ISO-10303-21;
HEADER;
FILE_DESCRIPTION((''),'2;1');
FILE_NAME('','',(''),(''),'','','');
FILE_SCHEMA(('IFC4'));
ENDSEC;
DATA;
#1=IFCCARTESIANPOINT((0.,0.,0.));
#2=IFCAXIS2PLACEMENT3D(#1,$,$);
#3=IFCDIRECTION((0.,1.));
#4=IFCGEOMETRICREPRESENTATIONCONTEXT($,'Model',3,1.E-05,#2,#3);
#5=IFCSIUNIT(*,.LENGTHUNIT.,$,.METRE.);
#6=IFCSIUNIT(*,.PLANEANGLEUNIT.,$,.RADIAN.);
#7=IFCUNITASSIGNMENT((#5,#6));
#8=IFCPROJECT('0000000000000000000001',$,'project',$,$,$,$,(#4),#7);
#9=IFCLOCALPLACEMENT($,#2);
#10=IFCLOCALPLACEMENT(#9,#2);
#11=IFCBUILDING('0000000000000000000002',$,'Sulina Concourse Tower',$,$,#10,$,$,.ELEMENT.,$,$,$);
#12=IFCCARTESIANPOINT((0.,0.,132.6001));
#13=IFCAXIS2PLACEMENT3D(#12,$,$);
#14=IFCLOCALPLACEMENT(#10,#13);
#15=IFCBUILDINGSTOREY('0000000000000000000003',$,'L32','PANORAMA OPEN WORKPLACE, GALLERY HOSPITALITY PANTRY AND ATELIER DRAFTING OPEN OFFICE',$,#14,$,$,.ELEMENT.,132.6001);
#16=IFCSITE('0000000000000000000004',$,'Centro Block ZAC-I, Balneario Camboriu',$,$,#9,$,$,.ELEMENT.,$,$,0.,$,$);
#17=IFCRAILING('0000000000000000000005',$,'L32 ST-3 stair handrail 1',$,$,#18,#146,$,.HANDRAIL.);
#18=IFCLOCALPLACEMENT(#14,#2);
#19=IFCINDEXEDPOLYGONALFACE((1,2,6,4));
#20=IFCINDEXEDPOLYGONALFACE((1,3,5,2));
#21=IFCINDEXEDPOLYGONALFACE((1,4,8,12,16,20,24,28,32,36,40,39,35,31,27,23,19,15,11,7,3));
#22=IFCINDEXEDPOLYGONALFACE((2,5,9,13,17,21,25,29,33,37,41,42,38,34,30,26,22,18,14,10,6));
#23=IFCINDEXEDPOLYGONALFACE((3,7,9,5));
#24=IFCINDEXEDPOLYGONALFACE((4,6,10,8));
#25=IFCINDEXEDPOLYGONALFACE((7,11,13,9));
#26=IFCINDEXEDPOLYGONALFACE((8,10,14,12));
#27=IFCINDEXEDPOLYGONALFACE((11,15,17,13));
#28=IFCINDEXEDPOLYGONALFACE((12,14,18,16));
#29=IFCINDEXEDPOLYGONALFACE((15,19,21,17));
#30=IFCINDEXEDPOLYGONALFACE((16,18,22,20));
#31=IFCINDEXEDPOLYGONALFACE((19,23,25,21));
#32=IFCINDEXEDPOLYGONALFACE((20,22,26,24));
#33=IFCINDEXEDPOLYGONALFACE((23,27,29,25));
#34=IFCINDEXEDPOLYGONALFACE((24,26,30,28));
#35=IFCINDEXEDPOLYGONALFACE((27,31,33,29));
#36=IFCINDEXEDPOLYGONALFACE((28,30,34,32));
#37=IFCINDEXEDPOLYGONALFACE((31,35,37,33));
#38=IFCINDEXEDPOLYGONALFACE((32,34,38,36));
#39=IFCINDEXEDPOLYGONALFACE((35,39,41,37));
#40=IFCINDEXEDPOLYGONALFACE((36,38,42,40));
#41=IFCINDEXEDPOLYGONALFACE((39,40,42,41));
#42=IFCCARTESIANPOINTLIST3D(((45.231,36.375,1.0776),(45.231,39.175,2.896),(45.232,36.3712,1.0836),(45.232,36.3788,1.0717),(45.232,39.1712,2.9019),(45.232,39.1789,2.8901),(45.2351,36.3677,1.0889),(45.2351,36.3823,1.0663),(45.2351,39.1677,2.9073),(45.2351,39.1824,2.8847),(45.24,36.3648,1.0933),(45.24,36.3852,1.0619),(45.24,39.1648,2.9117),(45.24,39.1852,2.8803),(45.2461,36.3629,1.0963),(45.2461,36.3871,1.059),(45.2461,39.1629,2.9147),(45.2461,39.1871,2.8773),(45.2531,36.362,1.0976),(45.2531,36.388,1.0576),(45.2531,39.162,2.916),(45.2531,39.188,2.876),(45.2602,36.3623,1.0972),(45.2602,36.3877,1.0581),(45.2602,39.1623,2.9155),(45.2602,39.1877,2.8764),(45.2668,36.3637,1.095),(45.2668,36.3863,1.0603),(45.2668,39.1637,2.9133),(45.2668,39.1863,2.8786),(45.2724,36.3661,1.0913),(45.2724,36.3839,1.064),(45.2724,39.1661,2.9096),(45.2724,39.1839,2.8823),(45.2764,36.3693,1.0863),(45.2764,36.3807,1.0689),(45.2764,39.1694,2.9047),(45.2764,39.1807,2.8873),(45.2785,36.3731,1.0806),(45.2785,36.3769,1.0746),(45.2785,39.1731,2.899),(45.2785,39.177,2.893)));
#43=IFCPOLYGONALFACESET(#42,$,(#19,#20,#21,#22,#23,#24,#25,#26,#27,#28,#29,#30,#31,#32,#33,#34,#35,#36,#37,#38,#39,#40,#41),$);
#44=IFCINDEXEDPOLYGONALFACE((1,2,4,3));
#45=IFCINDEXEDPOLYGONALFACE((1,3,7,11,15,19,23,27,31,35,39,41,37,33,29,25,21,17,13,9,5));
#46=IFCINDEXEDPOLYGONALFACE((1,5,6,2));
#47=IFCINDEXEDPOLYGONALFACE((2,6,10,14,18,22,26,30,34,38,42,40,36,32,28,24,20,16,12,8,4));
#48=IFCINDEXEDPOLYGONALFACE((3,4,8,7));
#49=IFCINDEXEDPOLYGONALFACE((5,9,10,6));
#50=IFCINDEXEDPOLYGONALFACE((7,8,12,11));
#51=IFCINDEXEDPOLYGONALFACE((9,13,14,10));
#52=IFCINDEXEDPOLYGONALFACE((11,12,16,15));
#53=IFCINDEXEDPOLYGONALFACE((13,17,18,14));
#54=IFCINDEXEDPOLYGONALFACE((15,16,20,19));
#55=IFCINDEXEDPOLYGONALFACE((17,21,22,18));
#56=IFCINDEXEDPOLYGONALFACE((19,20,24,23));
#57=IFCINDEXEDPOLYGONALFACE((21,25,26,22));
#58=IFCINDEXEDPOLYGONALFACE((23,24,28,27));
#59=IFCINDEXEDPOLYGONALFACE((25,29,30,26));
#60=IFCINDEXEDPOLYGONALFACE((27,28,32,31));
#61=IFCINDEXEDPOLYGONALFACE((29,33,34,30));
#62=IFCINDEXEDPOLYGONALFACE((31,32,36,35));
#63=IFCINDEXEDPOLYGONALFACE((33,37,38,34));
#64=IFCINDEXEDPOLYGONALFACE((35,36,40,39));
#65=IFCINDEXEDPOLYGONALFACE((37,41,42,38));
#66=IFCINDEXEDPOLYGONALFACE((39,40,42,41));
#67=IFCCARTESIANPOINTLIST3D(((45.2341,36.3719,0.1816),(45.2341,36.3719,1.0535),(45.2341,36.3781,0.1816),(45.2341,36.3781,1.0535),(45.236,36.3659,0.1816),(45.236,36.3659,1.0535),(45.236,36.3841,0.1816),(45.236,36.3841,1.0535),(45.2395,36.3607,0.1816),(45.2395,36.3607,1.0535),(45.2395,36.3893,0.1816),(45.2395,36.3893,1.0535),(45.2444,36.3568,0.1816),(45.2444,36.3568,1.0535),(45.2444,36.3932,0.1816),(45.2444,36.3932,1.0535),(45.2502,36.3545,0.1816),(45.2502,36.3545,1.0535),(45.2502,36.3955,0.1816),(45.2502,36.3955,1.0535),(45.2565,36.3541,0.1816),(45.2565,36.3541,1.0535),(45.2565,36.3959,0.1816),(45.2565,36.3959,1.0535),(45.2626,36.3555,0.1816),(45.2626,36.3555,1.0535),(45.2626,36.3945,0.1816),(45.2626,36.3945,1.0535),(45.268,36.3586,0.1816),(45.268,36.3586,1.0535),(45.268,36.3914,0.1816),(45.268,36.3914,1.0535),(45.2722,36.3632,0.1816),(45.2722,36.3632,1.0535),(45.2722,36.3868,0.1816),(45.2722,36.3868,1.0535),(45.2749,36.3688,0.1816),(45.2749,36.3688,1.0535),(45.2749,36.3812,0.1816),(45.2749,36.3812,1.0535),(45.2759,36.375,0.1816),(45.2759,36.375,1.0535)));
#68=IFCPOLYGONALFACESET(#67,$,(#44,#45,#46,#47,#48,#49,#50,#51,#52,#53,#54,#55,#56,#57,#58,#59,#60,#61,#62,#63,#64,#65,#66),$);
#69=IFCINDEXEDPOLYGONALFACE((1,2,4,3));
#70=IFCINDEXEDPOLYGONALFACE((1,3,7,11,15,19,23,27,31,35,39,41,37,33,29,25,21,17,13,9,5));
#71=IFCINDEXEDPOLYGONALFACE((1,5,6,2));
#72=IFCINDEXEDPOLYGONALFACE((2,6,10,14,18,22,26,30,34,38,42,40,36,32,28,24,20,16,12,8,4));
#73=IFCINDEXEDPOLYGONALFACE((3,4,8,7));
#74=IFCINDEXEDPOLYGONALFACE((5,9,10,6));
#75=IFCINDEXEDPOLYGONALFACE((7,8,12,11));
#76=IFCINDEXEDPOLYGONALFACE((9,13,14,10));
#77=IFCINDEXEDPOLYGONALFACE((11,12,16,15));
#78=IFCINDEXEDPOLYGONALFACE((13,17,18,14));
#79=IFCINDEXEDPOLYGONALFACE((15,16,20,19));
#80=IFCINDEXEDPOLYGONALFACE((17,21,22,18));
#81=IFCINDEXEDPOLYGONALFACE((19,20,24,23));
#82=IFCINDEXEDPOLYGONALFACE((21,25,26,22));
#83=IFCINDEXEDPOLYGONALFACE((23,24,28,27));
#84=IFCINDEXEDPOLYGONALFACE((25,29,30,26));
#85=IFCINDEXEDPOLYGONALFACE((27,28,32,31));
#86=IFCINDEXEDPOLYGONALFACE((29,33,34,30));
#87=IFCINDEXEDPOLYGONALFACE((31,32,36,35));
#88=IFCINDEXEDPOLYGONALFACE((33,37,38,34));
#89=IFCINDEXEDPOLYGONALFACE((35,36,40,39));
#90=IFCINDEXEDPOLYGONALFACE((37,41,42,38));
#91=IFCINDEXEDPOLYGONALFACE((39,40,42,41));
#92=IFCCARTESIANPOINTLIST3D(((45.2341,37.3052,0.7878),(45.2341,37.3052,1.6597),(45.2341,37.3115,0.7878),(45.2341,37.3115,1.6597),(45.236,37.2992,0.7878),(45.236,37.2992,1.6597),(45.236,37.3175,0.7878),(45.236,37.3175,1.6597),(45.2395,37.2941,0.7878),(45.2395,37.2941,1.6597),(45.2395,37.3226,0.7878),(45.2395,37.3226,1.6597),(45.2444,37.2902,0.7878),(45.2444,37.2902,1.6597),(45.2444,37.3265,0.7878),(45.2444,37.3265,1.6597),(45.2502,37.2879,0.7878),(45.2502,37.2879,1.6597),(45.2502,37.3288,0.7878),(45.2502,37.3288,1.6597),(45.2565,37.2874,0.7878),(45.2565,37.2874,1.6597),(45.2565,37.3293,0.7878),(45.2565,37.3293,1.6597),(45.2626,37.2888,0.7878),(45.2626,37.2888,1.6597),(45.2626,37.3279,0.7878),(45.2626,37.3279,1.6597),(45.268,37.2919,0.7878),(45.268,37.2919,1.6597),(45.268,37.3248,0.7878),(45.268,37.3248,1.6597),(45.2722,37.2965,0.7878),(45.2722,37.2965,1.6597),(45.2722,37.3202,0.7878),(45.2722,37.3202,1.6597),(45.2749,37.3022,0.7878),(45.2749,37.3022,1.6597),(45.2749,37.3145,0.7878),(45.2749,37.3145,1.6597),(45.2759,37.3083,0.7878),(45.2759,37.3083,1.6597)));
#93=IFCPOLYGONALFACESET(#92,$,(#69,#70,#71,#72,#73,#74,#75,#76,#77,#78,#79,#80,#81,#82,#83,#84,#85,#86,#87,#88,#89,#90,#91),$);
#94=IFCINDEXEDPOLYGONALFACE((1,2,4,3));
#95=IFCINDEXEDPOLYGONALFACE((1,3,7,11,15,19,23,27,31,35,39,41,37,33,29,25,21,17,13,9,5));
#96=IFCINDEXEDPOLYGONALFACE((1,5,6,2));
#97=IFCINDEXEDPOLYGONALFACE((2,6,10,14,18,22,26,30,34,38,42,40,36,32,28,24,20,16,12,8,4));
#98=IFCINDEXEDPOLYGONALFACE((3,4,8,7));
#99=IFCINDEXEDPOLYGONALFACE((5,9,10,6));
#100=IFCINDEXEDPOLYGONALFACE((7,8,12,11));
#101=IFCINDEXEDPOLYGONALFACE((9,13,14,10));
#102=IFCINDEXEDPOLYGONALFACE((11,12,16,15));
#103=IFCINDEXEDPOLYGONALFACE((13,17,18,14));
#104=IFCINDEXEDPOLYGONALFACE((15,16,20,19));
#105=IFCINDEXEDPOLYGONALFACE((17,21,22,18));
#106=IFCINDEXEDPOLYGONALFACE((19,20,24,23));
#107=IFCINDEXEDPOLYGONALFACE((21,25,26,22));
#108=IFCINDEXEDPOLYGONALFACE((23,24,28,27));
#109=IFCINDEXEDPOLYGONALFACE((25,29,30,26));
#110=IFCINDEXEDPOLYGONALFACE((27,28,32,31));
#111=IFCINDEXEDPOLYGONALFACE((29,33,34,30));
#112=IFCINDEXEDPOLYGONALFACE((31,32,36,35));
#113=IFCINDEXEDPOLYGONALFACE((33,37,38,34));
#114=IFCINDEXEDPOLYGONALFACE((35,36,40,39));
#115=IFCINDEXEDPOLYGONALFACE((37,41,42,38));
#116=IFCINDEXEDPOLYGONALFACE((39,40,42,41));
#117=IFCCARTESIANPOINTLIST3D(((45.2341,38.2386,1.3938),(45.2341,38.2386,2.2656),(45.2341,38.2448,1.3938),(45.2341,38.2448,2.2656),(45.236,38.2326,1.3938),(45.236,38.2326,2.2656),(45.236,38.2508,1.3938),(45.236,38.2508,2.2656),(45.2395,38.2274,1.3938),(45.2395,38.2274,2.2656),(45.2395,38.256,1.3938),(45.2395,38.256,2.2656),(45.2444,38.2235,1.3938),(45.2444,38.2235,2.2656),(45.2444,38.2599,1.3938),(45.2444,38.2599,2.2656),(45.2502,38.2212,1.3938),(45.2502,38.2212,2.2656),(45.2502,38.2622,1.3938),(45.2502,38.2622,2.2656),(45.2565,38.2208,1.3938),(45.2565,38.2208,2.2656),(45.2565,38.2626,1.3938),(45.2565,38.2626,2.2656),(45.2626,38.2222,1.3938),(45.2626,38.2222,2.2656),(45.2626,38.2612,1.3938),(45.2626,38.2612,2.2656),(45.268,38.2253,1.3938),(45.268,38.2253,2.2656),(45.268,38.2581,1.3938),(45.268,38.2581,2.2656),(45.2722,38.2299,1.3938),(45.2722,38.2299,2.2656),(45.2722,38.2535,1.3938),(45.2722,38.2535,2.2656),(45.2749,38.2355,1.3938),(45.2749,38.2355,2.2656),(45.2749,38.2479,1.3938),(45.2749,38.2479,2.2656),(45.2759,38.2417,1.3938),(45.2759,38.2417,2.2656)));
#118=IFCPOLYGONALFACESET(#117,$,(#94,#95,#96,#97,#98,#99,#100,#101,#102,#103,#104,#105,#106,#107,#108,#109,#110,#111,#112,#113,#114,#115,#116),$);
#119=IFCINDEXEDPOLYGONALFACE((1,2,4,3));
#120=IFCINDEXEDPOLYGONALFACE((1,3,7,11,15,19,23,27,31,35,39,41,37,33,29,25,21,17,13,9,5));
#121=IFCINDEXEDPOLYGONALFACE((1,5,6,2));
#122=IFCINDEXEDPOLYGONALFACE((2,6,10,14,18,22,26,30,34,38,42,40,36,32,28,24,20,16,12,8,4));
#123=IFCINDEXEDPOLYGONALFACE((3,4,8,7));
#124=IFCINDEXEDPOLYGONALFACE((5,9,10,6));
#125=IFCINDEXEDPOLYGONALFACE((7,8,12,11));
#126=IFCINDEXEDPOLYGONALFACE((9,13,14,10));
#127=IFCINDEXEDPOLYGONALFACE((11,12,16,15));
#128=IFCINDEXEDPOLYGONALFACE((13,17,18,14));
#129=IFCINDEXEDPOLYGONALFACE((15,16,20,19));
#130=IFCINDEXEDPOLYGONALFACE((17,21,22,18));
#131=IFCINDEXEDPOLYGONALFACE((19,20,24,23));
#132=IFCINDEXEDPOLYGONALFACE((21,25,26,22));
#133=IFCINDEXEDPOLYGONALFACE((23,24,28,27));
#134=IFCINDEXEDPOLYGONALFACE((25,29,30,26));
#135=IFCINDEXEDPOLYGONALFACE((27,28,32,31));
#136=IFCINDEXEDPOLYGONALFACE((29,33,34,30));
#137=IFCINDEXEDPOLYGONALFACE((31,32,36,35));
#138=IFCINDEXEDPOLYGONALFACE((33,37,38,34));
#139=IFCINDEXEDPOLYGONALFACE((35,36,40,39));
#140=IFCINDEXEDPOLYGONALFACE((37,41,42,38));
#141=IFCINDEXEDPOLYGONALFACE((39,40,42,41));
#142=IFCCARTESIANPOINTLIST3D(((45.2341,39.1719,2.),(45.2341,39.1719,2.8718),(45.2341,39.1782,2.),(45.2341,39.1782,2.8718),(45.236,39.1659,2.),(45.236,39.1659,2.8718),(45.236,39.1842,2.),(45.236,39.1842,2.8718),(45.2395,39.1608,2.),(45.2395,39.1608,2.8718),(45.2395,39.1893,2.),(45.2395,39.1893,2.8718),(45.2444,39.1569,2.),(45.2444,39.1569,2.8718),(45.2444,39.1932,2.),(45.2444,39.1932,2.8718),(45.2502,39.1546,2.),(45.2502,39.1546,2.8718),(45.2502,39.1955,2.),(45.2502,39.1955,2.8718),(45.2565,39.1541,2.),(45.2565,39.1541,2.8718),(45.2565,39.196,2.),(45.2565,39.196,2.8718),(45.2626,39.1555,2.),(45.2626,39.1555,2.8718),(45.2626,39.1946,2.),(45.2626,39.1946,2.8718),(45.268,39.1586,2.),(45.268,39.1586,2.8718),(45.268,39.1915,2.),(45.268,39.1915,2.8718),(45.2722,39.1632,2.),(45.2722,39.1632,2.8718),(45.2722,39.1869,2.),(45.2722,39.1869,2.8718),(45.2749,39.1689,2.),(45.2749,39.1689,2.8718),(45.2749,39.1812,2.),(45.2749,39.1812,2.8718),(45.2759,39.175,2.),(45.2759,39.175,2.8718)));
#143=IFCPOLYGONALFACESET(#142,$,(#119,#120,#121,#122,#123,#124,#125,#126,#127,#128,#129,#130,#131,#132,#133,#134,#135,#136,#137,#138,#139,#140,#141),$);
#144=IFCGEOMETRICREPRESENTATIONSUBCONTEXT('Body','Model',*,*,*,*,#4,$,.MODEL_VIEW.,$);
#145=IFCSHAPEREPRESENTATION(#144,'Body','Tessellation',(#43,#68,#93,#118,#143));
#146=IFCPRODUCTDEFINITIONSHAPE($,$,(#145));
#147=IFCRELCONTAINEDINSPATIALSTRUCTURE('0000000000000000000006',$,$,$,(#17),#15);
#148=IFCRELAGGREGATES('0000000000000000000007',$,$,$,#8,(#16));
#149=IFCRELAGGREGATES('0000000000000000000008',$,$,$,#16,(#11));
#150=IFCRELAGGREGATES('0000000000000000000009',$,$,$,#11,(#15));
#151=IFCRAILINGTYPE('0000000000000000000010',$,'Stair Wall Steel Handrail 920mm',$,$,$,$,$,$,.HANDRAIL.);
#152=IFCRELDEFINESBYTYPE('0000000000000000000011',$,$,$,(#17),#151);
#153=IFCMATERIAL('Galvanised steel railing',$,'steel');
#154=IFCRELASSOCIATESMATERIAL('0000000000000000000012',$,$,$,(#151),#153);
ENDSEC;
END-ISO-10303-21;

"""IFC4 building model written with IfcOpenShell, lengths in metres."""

from ifc_helpers import new_model, si_unit, direction, frame, origin, origin_2d, place, context, subcontext, project, spatial, circle, extrude, material, type_object, element, save


model = new_model("IFC4")

# Units and contexts
model_context = context("Model", 3, precision=1e-05, world=origin(), true_north=direction((0.0, 1.0)))
body_context = subcontext(model_context, "Body", "Model", "MODEL_VIEW")
ifc_project = project(units=[si_unit("LENGTHUNIT", "METRE"), si_unit("PLANEANGLEUNIT", "RADIAN")], contexts=[model_context])

# Site, building, storey
site_placement = place(None, origin())
site = spatial("IfcSite", under=ifc_project, at=site_placement, Name="Centro Block ZAC-I, Balneario Camboriu", CompositionType="ELEMENT", RefElevation=0.0)
building_placement = place(site_placement, origin())
building = spatial("IfcBuilding", under=site, at=building_placement, Name="Sulina Concourse Tower", CompositionType="ELEMENT")
storey_placement = place(building_placement, frame((0.0, 0.0, 132.6001)))
storey = spatial("IfcBuildingStorey", under=building, at=storey_placement, Name="L32", Description="PANORAMA OPEN WORKPLACE, GALLERY HOSPITALITY PANTRY AND ATELIER DRAFTING OPEN OFFICE", CompositionType="ELEMENT", Elevation=132.6001)

# Railing
ifc_material_1 = material(Name="Galvanised steel railing", Category="steel")
railing_type_1 = type_object("IfcRailingType", Name="Stair Wall Steel Handrail 920mm", PredefinedType="HANDRAIL", material=ifc_material_1)
for number, where, name in (
    (1, (45.2549, 36.375, 0.1816), "L32 ST-3 stair handrail 1"),
):
    element("IfcRailing", number, at=place(storey_placement, frame(where)), inside=storey, type_object=railing_type_1, Name=name, PredefinedType="HANDRAIL", context=body_context, shape_type="SweptSolid", body=[
        extrude(circle(Radius=0.0239, at=origin_2d()), frame((0.0, 0.0, 0.896), z_axis=(0.0, 0.838672, 0.544636), x_axis=(-1.0, 0.0, 0.0)), (0.0, 0.0, 1.0), 3.3386),
        extrude(circle(Radius=0.021, at=origin_2d()), origin(), (0.0, 0.0, 1.0), 0.8718),
        extrude(circle(Radius=0.021, at=origin_2d()), frame((0.0, 0.9333, 0.6062)), (0.0, 0.0, 1.0), 0.8718),
        extrude(circle(Radius=0.021, at=origin_2d()), frame((0.0, 1.8667, 1.2122)), (0.0, 0.0, 1.0), 0.8718),
        extrude(circle(Radius=0.021, at=origin_2d()), frame((0.0, 2.8, 1.8184)), (0.0, 0.0, 1.0), 0.8718),
    ])

save(model, "model.ifc")
